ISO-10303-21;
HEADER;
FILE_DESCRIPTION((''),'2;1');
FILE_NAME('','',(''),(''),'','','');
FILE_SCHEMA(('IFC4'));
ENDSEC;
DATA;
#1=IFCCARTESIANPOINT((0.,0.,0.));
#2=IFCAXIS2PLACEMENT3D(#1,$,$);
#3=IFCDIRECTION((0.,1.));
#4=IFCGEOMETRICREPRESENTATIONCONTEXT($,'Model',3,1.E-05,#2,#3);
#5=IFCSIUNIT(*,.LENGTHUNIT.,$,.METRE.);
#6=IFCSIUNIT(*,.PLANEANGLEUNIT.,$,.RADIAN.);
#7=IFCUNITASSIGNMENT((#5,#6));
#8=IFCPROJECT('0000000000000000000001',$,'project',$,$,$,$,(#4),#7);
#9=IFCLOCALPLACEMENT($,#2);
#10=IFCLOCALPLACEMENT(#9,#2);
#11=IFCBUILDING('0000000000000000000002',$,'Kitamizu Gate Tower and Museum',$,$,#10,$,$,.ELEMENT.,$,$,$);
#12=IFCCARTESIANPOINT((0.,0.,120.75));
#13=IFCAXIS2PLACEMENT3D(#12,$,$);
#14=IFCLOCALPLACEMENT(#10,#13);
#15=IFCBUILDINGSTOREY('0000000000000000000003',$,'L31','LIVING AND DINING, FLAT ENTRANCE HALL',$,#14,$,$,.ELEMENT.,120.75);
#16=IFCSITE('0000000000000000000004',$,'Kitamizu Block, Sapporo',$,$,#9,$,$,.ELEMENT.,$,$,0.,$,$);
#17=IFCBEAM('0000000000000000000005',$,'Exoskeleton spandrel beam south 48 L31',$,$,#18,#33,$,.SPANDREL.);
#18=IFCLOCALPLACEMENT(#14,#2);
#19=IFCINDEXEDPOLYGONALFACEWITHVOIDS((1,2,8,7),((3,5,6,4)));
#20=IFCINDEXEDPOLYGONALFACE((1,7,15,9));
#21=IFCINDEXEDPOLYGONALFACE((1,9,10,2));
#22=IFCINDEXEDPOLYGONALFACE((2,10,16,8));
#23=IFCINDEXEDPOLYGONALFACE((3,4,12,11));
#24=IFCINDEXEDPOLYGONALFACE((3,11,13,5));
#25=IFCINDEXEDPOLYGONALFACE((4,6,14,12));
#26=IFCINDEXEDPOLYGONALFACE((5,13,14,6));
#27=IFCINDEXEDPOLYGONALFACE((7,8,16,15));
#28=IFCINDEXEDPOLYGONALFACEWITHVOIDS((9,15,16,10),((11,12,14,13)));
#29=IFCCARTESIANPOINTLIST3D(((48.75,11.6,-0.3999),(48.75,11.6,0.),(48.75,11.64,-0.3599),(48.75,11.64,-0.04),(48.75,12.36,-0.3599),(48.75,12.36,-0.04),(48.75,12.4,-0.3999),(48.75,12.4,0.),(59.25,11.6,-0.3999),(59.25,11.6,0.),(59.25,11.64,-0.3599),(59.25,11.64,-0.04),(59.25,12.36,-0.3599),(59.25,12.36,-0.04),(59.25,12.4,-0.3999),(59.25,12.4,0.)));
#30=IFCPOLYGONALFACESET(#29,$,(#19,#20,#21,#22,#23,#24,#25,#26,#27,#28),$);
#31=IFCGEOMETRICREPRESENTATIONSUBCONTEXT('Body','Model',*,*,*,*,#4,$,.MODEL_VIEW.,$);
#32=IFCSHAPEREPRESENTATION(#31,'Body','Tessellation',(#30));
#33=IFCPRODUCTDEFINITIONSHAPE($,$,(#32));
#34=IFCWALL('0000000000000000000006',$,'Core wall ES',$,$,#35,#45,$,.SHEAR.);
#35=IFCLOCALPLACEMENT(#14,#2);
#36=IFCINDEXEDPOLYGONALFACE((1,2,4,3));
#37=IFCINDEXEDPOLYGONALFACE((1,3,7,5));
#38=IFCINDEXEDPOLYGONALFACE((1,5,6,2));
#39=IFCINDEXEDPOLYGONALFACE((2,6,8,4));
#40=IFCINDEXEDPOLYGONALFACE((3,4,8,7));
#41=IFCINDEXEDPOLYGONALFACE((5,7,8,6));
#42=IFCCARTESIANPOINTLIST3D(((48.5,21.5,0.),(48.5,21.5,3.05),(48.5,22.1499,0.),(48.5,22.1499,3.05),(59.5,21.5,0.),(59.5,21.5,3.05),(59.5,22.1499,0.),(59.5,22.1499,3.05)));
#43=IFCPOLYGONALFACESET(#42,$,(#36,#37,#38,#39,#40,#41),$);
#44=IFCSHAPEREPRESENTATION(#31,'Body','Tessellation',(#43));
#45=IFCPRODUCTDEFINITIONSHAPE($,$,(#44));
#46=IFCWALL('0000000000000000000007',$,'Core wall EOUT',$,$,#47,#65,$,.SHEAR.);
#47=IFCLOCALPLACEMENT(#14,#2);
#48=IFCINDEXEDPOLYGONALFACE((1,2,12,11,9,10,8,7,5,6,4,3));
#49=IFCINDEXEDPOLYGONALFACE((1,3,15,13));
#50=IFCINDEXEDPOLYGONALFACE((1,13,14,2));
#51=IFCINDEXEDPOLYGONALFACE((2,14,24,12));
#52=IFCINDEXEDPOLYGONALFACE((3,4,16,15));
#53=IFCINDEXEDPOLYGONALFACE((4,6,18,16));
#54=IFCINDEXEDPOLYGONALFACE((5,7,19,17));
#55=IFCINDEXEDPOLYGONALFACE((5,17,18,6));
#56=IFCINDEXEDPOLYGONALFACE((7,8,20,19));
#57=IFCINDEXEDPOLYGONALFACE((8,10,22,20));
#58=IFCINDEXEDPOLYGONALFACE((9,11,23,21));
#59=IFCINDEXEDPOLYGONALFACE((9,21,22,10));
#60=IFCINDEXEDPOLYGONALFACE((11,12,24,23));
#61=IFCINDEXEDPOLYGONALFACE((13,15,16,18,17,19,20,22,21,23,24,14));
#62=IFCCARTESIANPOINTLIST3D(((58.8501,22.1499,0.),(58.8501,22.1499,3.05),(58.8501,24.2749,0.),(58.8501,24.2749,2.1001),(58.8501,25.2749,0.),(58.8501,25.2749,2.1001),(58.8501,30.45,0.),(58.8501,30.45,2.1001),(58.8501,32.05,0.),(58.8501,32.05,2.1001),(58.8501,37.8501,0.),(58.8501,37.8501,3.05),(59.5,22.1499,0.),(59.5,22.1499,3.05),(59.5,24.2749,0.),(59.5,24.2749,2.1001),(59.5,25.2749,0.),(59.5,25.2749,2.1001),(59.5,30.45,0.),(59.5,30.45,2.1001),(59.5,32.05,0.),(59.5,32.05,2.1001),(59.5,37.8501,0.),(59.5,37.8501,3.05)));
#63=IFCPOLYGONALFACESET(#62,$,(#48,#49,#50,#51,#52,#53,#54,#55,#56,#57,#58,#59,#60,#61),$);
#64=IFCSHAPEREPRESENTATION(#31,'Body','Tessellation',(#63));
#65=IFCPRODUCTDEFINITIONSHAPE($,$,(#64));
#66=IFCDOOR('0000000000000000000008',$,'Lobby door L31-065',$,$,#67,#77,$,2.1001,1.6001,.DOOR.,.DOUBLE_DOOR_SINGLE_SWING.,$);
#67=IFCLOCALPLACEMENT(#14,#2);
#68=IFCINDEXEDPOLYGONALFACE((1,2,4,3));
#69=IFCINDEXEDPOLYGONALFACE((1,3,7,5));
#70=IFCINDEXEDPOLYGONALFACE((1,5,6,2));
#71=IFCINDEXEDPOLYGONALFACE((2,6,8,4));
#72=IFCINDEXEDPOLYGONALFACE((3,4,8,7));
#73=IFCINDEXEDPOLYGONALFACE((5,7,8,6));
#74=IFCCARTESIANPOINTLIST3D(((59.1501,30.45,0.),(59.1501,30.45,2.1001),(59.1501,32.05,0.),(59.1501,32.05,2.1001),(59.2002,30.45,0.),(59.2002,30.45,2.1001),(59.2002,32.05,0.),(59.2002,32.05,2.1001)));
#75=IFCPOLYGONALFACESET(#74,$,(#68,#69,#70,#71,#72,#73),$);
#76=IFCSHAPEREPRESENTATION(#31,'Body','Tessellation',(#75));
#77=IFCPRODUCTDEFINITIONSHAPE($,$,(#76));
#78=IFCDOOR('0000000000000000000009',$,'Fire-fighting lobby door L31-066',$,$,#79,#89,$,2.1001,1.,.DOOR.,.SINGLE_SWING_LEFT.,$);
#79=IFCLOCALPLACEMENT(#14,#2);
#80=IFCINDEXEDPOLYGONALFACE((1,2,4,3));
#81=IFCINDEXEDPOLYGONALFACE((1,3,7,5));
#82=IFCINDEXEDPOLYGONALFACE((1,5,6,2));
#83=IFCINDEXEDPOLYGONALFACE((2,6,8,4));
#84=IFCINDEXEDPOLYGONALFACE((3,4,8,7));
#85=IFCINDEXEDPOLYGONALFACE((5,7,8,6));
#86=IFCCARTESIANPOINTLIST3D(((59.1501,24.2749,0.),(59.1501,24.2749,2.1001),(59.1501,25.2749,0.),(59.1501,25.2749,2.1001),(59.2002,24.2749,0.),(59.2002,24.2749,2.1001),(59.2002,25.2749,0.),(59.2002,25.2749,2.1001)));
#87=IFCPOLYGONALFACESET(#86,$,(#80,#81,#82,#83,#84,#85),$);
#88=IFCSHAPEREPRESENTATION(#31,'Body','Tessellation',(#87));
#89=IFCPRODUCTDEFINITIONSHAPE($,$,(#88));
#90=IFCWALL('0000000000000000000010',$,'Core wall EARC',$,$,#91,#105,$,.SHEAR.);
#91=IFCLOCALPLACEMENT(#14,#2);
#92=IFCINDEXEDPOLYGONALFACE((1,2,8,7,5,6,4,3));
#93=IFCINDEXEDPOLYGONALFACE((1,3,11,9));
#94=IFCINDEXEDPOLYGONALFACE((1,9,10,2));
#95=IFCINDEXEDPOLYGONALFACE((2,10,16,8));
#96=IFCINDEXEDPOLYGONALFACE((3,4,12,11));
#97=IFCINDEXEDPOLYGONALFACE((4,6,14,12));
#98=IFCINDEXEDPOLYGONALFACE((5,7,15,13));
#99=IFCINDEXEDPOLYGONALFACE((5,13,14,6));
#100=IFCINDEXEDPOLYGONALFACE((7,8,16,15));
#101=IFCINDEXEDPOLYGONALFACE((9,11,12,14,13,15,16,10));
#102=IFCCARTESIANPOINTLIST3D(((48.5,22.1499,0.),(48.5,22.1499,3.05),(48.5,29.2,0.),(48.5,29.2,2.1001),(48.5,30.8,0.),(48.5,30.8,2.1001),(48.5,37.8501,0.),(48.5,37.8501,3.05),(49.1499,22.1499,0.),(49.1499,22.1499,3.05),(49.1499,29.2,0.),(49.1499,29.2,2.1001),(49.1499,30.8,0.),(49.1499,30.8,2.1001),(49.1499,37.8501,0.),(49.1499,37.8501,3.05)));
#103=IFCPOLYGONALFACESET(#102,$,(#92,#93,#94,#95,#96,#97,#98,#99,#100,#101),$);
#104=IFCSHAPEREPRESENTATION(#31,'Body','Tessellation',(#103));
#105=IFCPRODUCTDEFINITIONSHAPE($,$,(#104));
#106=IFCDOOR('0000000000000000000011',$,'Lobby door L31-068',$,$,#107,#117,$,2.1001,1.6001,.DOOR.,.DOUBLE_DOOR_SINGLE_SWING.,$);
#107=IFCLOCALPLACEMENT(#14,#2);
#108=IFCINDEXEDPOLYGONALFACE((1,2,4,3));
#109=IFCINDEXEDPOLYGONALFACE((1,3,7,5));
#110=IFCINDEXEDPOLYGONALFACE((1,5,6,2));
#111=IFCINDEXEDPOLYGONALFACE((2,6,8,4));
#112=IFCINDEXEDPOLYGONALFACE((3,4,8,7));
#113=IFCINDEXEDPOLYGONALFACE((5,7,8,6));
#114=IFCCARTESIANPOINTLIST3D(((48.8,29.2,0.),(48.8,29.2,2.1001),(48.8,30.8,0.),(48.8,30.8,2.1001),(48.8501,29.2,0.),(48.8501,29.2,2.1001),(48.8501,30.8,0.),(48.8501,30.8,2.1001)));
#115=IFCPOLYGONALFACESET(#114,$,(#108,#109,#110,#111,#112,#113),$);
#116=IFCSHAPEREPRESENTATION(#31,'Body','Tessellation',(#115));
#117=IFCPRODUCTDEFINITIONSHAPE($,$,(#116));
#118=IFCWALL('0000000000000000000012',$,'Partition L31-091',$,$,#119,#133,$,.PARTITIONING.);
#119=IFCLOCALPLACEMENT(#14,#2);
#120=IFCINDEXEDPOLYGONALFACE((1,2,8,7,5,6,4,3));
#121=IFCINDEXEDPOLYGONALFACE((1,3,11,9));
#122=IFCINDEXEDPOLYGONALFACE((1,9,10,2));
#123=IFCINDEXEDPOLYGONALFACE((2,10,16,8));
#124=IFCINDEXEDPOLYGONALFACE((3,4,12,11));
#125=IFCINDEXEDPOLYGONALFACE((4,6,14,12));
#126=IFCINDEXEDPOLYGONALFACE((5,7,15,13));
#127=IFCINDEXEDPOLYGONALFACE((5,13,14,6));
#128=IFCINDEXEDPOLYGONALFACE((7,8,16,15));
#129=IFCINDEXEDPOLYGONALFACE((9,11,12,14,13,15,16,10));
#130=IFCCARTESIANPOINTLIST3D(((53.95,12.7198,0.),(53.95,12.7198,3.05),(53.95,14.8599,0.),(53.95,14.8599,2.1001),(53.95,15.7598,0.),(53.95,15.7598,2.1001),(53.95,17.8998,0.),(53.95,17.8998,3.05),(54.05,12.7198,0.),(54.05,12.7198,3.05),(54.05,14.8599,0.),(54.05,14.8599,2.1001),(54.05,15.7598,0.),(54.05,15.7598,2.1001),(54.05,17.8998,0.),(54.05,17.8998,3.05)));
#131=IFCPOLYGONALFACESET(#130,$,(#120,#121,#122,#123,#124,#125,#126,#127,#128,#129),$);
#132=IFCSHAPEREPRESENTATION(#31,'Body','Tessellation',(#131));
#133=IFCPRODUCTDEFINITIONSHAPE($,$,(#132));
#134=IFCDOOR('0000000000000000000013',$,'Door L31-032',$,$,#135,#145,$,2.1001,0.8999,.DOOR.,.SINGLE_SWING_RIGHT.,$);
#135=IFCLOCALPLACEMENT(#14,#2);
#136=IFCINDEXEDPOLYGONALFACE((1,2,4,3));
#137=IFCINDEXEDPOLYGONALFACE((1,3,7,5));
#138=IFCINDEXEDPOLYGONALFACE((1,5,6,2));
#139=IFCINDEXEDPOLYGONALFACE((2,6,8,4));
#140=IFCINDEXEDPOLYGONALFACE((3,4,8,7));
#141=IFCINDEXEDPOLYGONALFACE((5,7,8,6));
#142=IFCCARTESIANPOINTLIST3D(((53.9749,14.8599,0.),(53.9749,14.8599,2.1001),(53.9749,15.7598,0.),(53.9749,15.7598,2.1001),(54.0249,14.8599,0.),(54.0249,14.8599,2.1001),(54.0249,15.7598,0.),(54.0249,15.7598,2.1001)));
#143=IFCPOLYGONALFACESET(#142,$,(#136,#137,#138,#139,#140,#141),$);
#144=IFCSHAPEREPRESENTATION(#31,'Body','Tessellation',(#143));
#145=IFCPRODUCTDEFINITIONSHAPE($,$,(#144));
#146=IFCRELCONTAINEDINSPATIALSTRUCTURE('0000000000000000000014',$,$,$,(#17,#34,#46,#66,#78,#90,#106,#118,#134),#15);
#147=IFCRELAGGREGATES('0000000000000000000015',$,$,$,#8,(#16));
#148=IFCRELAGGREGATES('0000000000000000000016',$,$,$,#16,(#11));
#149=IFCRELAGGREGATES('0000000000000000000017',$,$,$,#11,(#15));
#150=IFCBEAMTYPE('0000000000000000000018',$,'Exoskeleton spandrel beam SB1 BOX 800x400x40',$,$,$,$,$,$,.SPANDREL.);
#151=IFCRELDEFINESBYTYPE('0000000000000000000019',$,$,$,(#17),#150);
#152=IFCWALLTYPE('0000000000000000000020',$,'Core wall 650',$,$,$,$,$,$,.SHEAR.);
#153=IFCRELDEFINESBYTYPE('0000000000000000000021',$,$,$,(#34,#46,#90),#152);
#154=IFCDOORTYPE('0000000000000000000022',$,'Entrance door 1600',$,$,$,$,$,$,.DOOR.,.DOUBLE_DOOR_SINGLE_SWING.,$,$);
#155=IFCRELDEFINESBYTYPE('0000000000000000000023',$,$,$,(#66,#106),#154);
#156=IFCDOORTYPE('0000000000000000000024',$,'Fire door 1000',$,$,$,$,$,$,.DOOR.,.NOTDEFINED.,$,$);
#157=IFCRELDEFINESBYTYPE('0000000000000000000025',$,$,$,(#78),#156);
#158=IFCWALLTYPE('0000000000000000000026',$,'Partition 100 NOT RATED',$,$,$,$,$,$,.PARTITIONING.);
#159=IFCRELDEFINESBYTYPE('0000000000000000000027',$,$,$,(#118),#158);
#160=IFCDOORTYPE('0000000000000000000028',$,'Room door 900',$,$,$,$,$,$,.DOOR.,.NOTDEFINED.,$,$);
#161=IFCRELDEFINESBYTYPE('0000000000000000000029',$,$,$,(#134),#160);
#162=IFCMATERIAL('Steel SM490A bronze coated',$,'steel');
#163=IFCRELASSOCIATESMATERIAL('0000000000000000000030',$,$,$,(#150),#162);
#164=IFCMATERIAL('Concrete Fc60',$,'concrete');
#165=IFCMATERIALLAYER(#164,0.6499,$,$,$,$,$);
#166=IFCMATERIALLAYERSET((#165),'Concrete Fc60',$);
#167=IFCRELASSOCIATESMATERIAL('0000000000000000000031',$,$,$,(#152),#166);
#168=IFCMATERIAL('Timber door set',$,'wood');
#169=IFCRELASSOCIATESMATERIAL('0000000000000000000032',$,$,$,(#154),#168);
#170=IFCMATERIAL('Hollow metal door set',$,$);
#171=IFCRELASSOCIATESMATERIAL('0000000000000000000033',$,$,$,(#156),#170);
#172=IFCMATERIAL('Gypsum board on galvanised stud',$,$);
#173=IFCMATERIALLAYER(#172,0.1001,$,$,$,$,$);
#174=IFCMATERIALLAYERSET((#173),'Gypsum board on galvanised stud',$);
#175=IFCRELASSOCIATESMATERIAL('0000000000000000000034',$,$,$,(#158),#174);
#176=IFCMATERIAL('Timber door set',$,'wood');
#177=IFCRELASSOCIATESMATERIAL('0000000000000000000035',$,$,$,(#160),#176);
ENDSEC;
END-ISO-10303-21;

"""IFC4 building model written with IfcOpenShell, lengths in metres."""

from ifc_helpers import new_model, si_unit, direction, frame, frame_2d, origin, origin_2d, place, context, subcontext, project, spatial, rectangle, hollow_rectangle, extrude, material, layer, layer_set, material_profile, profile_set, type_object, element, fill, save


model = new_model("IFC4")

# Units and contexts
model_context = context("Model", 3, precision=1e-05, world=origin(), true_north=direction((0.0, 1.0)))
body_context = subcontext(model_context, "Body", "Model", "MODEL_VIEW")
ifc_project = project(units=[si_unit("LENGTHUNIT", "METRE"), si_unit("PLANEANGLEUNIT", "RADIAN")], contexts=[model_context])

# Site, building, storey
site_placement = place(None, origin())
site = spatial("IfcSite", under=ifc_project, at=site_placement, Name="Kitamizu Block, Sapporo", CompositionType="ELEMENT", RefElevation=0.0)
building_placement = place(site_placement, origin())
building = spatial("IfcBuilding", under=site, at=building_placement, Name="Kitamizu Gate Tower and Museum", CompositionType="ELEMENT")
storey_placement = place(building_placement, frame((0.0, 0.0, 120.75)))
storey = spatial("IfcBuildingStorey", under=building, at=storey_placement, Name="L31", Description="LIVING AND DINING, FLAT ENTRANCE HALL", CompositionType="ELEMENT", Elevation=120.75)

# Beam
ifc_material_1 = material(Name="Steel SM490A bronze coated", Category="steel")
ifc_material_profile = material_profile(ifc_material_1, hollow_rectangle(XDim=0.8, YDim=0.3999, WallThickness=0.04, at=origin_2d()), Name="BOX 800x400x40")
ifc_profile_set = profile_set([ifc_material_profile], Name="Steel SM490A bronze coated")
beam_type = type_object("IfcBeamType", Name="Exoskeleton spandrel beam SB1 BOX 800x400x40", PredefinedType="SPANDREL", material=ifc_profile_set)
beam_placement = place(storey_placement, frame((48.75, 12.0, -0.2), z_axis=(1.0, 0.0, 0.0), x_axis=(0.0, 1.0, 0.0)))
element("IfcBeam", 1, at=beam_placement, inside=storey, type_object=beam_type, Name="Exoskeleton spandrel beam south 48 L31", PredefinedType="SPANDREL", context=body_context, shape_type="SweptSolid", body=[
    extrude(hollow_rectangle(XDim=0.8, YDim=0.3999, WallThickness=0.04, at=origin_2d()), origin(), (0.0, 0.0, 1.0), 10.5),
])

# Wall
ifc_material_2 = material(Name="Concrete Fc60", Category="concrete")
ifc_layer_1 = layer(ifc_material_2, 0.6499)
ifc_layer_set_1 = layer_set([ifc_layer_1], Name="Concrete Fc60")
wall_type_1 = type_object("IfcWallType", Name="Core wall 650", PredefinedType="SHEAR", material=ifc_layer_set_1)
wall_1_placement = place(storey_placement, frame((59.5, 21.825, 0.0), z_axis=(0.0, 0.0, 1.0), x_axis=(-1.0, 0.0, 0.0)))
element("IfcWall", 2, at=wall_1_placement, inside=storey, type_object=wall_type_1, Name="Core wall ES", PredefinedType="SHEAR", context=body_context, shape_type="SweptSolid", body=[
    extrude(rectangle(XDim=11.0, YDim=0.6499, at=frame_2d((5.5, 0.0))), origin(), (0.0, 0.0, 1.0), 3.05),
])

# Wall, openings, doors
wall_2_placement = place(storey_placement, frame((59.175, 22.1499, 0.0), z_axis=(0.0, 0.0, 1.0), x_axis=(0.0, 1.0, 0.0)))
wall_2 = element("IfcWall", 3, at=wall_2_placement, inside=storey, type_object=wall_type_1, Name="Core wall EOUT", PredefinedType="SHEAR", context=body_context, shape_type="SweptSolid", body=[
    extrude(rectangle(XDim=15.7002, YDim=0.6499, at=frame_2d((7.8501, 0.0))), origin(), (0.0, 0.0, 1.0), 3.05),
])
opening_1_placement = place(wall_2_placement, frame((8.3, 0.0, 0.0)))
opening_1 = element("IfcOpeningElement", 4, at=opening_1_placement, cuts=wall_2, PredefinedType="OPENING", context=body_context, shape_type="SweptSolid", body=[
    extrude(rectangle(XDim=1.6001, YDim=2.1001, at=frame_2d((0.8, 1.05))), frame((0.0, 0.335, 0.0), z_axis=(0.0, -1.0, 0.0), x_axis=(1.0, 0.0, 0.0)), (0.0, 0.0, 1.0), 0.6699),
])
opening_2_placement = place(wall_2_placement, frame((2.125, 0.0, 0.0)))
opening_2 = element("IfcOpeningElement", 5, at=opening_2_placement, cuts=wall_2, PredefinedType="OPENING", context=body_context, shape_type="SweptSolid", body=[
    extrude(rectangle(XDim=1.0, YDim=2.1001, at=frame_2d((0.5, 1.05))), frame((0.0, 0.335, 0.0), z_axis=(0.0, -1.0, 0.0), x_axis=(1.0, 0.0, 0.0)), (0.0, 0.0, 1.0), 0.6699),
])
ifc_material_3 = material(Name="Timber door set", Category="wood")
door_type_1 = type_object("IfcDoorType", Name="Entrance door 1600", OperationType="DOUBLE_DOOR_SINGLE_SWING", PredefinedType="DOOR", material=ifc_material_3)
door_1_placement = place(opening_1_placement, origin())
door_1 = element("IfcDoor", 6, at=door_1_placement, inside=storey, type_object=door_type_1, Name="Lobby door L31-065", OperationType="DOUBLE_DOOR_SINGLE_SWING", OverallHeight=2.1001, OverallWidth=1.6001, PredefinedType="DOOR", context=body_context, shape_type="SweptSolid", body=[
    extrude(rectangle(XDim=1.6001, YDim=2.1001, at=frame_2d((0.8, 1.05))), frame((0.0, 0.0249, 0.0), z_axis=(0.0, -1.0, 0.0), x_axis=(1.0, 0.0, 0.0)), (0.0, 0.0, 1.0), 0.05),
])
fill(opening_1, door_1)
ifc_material_4 = material(Name="Hollow metal door set")
door_type_2 = type_object("IfcDoorType", Name="Fire door 1000", OperationType="NOTDEFINED", PredefinedType="DOOR", material=ifc_material_4)
door_2_placement = place(opening_2_placement, origin())
door_2 = element("IfcDoor", 7, at=door_2_placement, inside=storey, type_object=door_type_2, Name="Fire-fighting lobby door L31-066", OperationType="SINGLE_SWING_LEFT", OverallHeight=2.1001, OverallWidth=1.0, PredefinedType="DOOR", context=body_context, shape_type="SweptSolid", body=[
    extrude(rectangle(XDim=1.0, YDim=2.1001, at=frame_2d((0.5, 1.05))), frame((0.0, 0.0249, 0.0), z_axis=(0.0, -1.0, 0.0), x_axis=(1.0, 0.0, 0.0)), (0.0, 0.0, 1.0), 0.05),
])
fill(opening_2, door_2)

# Walls, openings, doors
wall_3_placement = place(storey_placement, frame((48.825, 22.1499, 0.0), z_axis=(0.0, 0.0, 1.0), x_axis=(0.0, 1.0, 0.0)))
wall_3 = element("IfcWall", 8, at=wall_3_placement, inside=storey, type_object=wall_type_1, Name="Core wall EARC", PredefinedType="SHEAR", context=body_context, shape_type="SweptSolid", body=[
    extrude(rectangle(XDim=15.7002, YDim=0.6499, at=frame_2d((7.8501, 0.0))), origin(), (0.0, 0.0, 1.0), 3.05),
])
opening_3_placement = place(wall_3_placement, frame((7.05, 0.0, 0.0)))
opening_3 = element("IfcOpeningElement", 9, at=opening_3_placement, cuts=wall_3, PredefinedType="OPENING", context=body_context, shape_type="SweptSolid", body=[
    extrude(rectangle(XDim=1.6001, YDim=2.1001, at=frame_2d((0.8, 1.05))), frame((0.0, 0.335, 0.0), z_axis=(0.0, -1.0, 0.0), x_axis=(1.0, 0.0, 0.0)), (0.0, 0.0, 1.0), 0.6699),
])
door_3_placement = place(opening_3_placement, origin())
door_3 = element("IfcDoor", 10, at=door_3_placement, inside=storey, type_object=door_type_1, Name="Lobby door L31-068", OperationType="DOUBLE_DOOR_SINGLE_SWING", OverallHeight=2.1001, OverallWidth=1.6001, PredefinedType="DOOR", context=body_context, shape_type="SweptSolid", body=[
    extrude(rectangle(XDim=1.6001, YDim=2.1001, at=frame_2d((0.8, 1.05))), frame((0.0, 0.0249, 0.0), z_axis=(0.0, -1.0, 0.0), x_axis=(1.0, 0.0, 0.0)), (0.0, 0.0, 1.0), 0.05),
])
fill(opening_3, door_3)
ifc_material_5 = material(Name="Gypsum board on galvanised stud")
ifc_layer_2 = layer(ifc_material_5, 0.1001)
ifc_layer_set_2 = layer_set([ifc_layer_2], Name="Gypsum board on galvanised stud")
wall_type_2 = type_object("IfcWallType", Name="Partition 100 NOT RATED", PredefinedType="PARTITIONING", material=ifc_layer_set_2)
wall_4_placement = place(storey_placement, frame((54.0, 12.72, 0.0), z_axis=(0.0, 0.0, 1.0), x_axis=(0.0, 1.0, 0.0)))
wall_4 = element("IfcWall", 11, at=wall_4_placement, inside=storey, type_object=wall_type_2, Name="Partition L31-091", PredefinedType="PARTITIONING", context=body_context, shape_type="SweptSolid", body=[
    extrude(rectangle(XDim=5.1799, YDim=0.1001, at=frame_2d((2.5898, 0.0))), origin(), (0.0, 0.0, 1.0), 3.05),
])
opening_4_placement = place(wall_4_placement, frame((2.1399, 0.0, 0.0)))
opening_4 = element("IfcOpeningElement", 12, at=opening_4_placement, cuts=wall_4, PredefinedType="OPENING", context=body_context, shape_type="SweptSolid", body=[
    extrude(rectangle(XDim=0.8999, YDim=2.1001, at=frame_2d((0.45, 1.05))), frame((0.0, 0.0601, 0.0), z_axis=(0.0, -1.0, 0.0), x_axis=(1.0, 0.0, 0.0)), (0.0, 0.0, 1.0), 0.1201),
])
ifc_material_6 = material(Name="Timber door set", Category="wood")
door_type_3 = type_object("IfcDoorType", Name="Room door 900", OperationType="NOTDEFINED", PredefinedType="DOOR", material=ifc_material_6)
door_4_placement = place(opening_4_placement, frame((0.8999, 0.0, 0.0), x_axis=(-1.0, 0.0, 0.0)))
door_4 = element("IfcDoor", 13, at=door_4_placement, inside=storey, type_object=door_type_3, Name="Door L31-032", OperationType="SINGLE_SWING_RIGHT", OverallHeight=2.1001, OverallWidth=0.8999, PredefinedType="DOOR", context=body_context, shape_type="SweptSolid", body=[
    extrude(rectangle(XDim=0.8999, YDim=2.1001, at=frame_2d((0.45, 1.05))), frame((0.0, 0.0249, 0.0), z_axis=(0.0, -1.0, 0.0), x_axis=(1.0, 0.0, 0.0)), (0.0, 0.0, 1.0), 0.05),
])
fill(opening_4, door_4)

save(model, "model.ifc")
